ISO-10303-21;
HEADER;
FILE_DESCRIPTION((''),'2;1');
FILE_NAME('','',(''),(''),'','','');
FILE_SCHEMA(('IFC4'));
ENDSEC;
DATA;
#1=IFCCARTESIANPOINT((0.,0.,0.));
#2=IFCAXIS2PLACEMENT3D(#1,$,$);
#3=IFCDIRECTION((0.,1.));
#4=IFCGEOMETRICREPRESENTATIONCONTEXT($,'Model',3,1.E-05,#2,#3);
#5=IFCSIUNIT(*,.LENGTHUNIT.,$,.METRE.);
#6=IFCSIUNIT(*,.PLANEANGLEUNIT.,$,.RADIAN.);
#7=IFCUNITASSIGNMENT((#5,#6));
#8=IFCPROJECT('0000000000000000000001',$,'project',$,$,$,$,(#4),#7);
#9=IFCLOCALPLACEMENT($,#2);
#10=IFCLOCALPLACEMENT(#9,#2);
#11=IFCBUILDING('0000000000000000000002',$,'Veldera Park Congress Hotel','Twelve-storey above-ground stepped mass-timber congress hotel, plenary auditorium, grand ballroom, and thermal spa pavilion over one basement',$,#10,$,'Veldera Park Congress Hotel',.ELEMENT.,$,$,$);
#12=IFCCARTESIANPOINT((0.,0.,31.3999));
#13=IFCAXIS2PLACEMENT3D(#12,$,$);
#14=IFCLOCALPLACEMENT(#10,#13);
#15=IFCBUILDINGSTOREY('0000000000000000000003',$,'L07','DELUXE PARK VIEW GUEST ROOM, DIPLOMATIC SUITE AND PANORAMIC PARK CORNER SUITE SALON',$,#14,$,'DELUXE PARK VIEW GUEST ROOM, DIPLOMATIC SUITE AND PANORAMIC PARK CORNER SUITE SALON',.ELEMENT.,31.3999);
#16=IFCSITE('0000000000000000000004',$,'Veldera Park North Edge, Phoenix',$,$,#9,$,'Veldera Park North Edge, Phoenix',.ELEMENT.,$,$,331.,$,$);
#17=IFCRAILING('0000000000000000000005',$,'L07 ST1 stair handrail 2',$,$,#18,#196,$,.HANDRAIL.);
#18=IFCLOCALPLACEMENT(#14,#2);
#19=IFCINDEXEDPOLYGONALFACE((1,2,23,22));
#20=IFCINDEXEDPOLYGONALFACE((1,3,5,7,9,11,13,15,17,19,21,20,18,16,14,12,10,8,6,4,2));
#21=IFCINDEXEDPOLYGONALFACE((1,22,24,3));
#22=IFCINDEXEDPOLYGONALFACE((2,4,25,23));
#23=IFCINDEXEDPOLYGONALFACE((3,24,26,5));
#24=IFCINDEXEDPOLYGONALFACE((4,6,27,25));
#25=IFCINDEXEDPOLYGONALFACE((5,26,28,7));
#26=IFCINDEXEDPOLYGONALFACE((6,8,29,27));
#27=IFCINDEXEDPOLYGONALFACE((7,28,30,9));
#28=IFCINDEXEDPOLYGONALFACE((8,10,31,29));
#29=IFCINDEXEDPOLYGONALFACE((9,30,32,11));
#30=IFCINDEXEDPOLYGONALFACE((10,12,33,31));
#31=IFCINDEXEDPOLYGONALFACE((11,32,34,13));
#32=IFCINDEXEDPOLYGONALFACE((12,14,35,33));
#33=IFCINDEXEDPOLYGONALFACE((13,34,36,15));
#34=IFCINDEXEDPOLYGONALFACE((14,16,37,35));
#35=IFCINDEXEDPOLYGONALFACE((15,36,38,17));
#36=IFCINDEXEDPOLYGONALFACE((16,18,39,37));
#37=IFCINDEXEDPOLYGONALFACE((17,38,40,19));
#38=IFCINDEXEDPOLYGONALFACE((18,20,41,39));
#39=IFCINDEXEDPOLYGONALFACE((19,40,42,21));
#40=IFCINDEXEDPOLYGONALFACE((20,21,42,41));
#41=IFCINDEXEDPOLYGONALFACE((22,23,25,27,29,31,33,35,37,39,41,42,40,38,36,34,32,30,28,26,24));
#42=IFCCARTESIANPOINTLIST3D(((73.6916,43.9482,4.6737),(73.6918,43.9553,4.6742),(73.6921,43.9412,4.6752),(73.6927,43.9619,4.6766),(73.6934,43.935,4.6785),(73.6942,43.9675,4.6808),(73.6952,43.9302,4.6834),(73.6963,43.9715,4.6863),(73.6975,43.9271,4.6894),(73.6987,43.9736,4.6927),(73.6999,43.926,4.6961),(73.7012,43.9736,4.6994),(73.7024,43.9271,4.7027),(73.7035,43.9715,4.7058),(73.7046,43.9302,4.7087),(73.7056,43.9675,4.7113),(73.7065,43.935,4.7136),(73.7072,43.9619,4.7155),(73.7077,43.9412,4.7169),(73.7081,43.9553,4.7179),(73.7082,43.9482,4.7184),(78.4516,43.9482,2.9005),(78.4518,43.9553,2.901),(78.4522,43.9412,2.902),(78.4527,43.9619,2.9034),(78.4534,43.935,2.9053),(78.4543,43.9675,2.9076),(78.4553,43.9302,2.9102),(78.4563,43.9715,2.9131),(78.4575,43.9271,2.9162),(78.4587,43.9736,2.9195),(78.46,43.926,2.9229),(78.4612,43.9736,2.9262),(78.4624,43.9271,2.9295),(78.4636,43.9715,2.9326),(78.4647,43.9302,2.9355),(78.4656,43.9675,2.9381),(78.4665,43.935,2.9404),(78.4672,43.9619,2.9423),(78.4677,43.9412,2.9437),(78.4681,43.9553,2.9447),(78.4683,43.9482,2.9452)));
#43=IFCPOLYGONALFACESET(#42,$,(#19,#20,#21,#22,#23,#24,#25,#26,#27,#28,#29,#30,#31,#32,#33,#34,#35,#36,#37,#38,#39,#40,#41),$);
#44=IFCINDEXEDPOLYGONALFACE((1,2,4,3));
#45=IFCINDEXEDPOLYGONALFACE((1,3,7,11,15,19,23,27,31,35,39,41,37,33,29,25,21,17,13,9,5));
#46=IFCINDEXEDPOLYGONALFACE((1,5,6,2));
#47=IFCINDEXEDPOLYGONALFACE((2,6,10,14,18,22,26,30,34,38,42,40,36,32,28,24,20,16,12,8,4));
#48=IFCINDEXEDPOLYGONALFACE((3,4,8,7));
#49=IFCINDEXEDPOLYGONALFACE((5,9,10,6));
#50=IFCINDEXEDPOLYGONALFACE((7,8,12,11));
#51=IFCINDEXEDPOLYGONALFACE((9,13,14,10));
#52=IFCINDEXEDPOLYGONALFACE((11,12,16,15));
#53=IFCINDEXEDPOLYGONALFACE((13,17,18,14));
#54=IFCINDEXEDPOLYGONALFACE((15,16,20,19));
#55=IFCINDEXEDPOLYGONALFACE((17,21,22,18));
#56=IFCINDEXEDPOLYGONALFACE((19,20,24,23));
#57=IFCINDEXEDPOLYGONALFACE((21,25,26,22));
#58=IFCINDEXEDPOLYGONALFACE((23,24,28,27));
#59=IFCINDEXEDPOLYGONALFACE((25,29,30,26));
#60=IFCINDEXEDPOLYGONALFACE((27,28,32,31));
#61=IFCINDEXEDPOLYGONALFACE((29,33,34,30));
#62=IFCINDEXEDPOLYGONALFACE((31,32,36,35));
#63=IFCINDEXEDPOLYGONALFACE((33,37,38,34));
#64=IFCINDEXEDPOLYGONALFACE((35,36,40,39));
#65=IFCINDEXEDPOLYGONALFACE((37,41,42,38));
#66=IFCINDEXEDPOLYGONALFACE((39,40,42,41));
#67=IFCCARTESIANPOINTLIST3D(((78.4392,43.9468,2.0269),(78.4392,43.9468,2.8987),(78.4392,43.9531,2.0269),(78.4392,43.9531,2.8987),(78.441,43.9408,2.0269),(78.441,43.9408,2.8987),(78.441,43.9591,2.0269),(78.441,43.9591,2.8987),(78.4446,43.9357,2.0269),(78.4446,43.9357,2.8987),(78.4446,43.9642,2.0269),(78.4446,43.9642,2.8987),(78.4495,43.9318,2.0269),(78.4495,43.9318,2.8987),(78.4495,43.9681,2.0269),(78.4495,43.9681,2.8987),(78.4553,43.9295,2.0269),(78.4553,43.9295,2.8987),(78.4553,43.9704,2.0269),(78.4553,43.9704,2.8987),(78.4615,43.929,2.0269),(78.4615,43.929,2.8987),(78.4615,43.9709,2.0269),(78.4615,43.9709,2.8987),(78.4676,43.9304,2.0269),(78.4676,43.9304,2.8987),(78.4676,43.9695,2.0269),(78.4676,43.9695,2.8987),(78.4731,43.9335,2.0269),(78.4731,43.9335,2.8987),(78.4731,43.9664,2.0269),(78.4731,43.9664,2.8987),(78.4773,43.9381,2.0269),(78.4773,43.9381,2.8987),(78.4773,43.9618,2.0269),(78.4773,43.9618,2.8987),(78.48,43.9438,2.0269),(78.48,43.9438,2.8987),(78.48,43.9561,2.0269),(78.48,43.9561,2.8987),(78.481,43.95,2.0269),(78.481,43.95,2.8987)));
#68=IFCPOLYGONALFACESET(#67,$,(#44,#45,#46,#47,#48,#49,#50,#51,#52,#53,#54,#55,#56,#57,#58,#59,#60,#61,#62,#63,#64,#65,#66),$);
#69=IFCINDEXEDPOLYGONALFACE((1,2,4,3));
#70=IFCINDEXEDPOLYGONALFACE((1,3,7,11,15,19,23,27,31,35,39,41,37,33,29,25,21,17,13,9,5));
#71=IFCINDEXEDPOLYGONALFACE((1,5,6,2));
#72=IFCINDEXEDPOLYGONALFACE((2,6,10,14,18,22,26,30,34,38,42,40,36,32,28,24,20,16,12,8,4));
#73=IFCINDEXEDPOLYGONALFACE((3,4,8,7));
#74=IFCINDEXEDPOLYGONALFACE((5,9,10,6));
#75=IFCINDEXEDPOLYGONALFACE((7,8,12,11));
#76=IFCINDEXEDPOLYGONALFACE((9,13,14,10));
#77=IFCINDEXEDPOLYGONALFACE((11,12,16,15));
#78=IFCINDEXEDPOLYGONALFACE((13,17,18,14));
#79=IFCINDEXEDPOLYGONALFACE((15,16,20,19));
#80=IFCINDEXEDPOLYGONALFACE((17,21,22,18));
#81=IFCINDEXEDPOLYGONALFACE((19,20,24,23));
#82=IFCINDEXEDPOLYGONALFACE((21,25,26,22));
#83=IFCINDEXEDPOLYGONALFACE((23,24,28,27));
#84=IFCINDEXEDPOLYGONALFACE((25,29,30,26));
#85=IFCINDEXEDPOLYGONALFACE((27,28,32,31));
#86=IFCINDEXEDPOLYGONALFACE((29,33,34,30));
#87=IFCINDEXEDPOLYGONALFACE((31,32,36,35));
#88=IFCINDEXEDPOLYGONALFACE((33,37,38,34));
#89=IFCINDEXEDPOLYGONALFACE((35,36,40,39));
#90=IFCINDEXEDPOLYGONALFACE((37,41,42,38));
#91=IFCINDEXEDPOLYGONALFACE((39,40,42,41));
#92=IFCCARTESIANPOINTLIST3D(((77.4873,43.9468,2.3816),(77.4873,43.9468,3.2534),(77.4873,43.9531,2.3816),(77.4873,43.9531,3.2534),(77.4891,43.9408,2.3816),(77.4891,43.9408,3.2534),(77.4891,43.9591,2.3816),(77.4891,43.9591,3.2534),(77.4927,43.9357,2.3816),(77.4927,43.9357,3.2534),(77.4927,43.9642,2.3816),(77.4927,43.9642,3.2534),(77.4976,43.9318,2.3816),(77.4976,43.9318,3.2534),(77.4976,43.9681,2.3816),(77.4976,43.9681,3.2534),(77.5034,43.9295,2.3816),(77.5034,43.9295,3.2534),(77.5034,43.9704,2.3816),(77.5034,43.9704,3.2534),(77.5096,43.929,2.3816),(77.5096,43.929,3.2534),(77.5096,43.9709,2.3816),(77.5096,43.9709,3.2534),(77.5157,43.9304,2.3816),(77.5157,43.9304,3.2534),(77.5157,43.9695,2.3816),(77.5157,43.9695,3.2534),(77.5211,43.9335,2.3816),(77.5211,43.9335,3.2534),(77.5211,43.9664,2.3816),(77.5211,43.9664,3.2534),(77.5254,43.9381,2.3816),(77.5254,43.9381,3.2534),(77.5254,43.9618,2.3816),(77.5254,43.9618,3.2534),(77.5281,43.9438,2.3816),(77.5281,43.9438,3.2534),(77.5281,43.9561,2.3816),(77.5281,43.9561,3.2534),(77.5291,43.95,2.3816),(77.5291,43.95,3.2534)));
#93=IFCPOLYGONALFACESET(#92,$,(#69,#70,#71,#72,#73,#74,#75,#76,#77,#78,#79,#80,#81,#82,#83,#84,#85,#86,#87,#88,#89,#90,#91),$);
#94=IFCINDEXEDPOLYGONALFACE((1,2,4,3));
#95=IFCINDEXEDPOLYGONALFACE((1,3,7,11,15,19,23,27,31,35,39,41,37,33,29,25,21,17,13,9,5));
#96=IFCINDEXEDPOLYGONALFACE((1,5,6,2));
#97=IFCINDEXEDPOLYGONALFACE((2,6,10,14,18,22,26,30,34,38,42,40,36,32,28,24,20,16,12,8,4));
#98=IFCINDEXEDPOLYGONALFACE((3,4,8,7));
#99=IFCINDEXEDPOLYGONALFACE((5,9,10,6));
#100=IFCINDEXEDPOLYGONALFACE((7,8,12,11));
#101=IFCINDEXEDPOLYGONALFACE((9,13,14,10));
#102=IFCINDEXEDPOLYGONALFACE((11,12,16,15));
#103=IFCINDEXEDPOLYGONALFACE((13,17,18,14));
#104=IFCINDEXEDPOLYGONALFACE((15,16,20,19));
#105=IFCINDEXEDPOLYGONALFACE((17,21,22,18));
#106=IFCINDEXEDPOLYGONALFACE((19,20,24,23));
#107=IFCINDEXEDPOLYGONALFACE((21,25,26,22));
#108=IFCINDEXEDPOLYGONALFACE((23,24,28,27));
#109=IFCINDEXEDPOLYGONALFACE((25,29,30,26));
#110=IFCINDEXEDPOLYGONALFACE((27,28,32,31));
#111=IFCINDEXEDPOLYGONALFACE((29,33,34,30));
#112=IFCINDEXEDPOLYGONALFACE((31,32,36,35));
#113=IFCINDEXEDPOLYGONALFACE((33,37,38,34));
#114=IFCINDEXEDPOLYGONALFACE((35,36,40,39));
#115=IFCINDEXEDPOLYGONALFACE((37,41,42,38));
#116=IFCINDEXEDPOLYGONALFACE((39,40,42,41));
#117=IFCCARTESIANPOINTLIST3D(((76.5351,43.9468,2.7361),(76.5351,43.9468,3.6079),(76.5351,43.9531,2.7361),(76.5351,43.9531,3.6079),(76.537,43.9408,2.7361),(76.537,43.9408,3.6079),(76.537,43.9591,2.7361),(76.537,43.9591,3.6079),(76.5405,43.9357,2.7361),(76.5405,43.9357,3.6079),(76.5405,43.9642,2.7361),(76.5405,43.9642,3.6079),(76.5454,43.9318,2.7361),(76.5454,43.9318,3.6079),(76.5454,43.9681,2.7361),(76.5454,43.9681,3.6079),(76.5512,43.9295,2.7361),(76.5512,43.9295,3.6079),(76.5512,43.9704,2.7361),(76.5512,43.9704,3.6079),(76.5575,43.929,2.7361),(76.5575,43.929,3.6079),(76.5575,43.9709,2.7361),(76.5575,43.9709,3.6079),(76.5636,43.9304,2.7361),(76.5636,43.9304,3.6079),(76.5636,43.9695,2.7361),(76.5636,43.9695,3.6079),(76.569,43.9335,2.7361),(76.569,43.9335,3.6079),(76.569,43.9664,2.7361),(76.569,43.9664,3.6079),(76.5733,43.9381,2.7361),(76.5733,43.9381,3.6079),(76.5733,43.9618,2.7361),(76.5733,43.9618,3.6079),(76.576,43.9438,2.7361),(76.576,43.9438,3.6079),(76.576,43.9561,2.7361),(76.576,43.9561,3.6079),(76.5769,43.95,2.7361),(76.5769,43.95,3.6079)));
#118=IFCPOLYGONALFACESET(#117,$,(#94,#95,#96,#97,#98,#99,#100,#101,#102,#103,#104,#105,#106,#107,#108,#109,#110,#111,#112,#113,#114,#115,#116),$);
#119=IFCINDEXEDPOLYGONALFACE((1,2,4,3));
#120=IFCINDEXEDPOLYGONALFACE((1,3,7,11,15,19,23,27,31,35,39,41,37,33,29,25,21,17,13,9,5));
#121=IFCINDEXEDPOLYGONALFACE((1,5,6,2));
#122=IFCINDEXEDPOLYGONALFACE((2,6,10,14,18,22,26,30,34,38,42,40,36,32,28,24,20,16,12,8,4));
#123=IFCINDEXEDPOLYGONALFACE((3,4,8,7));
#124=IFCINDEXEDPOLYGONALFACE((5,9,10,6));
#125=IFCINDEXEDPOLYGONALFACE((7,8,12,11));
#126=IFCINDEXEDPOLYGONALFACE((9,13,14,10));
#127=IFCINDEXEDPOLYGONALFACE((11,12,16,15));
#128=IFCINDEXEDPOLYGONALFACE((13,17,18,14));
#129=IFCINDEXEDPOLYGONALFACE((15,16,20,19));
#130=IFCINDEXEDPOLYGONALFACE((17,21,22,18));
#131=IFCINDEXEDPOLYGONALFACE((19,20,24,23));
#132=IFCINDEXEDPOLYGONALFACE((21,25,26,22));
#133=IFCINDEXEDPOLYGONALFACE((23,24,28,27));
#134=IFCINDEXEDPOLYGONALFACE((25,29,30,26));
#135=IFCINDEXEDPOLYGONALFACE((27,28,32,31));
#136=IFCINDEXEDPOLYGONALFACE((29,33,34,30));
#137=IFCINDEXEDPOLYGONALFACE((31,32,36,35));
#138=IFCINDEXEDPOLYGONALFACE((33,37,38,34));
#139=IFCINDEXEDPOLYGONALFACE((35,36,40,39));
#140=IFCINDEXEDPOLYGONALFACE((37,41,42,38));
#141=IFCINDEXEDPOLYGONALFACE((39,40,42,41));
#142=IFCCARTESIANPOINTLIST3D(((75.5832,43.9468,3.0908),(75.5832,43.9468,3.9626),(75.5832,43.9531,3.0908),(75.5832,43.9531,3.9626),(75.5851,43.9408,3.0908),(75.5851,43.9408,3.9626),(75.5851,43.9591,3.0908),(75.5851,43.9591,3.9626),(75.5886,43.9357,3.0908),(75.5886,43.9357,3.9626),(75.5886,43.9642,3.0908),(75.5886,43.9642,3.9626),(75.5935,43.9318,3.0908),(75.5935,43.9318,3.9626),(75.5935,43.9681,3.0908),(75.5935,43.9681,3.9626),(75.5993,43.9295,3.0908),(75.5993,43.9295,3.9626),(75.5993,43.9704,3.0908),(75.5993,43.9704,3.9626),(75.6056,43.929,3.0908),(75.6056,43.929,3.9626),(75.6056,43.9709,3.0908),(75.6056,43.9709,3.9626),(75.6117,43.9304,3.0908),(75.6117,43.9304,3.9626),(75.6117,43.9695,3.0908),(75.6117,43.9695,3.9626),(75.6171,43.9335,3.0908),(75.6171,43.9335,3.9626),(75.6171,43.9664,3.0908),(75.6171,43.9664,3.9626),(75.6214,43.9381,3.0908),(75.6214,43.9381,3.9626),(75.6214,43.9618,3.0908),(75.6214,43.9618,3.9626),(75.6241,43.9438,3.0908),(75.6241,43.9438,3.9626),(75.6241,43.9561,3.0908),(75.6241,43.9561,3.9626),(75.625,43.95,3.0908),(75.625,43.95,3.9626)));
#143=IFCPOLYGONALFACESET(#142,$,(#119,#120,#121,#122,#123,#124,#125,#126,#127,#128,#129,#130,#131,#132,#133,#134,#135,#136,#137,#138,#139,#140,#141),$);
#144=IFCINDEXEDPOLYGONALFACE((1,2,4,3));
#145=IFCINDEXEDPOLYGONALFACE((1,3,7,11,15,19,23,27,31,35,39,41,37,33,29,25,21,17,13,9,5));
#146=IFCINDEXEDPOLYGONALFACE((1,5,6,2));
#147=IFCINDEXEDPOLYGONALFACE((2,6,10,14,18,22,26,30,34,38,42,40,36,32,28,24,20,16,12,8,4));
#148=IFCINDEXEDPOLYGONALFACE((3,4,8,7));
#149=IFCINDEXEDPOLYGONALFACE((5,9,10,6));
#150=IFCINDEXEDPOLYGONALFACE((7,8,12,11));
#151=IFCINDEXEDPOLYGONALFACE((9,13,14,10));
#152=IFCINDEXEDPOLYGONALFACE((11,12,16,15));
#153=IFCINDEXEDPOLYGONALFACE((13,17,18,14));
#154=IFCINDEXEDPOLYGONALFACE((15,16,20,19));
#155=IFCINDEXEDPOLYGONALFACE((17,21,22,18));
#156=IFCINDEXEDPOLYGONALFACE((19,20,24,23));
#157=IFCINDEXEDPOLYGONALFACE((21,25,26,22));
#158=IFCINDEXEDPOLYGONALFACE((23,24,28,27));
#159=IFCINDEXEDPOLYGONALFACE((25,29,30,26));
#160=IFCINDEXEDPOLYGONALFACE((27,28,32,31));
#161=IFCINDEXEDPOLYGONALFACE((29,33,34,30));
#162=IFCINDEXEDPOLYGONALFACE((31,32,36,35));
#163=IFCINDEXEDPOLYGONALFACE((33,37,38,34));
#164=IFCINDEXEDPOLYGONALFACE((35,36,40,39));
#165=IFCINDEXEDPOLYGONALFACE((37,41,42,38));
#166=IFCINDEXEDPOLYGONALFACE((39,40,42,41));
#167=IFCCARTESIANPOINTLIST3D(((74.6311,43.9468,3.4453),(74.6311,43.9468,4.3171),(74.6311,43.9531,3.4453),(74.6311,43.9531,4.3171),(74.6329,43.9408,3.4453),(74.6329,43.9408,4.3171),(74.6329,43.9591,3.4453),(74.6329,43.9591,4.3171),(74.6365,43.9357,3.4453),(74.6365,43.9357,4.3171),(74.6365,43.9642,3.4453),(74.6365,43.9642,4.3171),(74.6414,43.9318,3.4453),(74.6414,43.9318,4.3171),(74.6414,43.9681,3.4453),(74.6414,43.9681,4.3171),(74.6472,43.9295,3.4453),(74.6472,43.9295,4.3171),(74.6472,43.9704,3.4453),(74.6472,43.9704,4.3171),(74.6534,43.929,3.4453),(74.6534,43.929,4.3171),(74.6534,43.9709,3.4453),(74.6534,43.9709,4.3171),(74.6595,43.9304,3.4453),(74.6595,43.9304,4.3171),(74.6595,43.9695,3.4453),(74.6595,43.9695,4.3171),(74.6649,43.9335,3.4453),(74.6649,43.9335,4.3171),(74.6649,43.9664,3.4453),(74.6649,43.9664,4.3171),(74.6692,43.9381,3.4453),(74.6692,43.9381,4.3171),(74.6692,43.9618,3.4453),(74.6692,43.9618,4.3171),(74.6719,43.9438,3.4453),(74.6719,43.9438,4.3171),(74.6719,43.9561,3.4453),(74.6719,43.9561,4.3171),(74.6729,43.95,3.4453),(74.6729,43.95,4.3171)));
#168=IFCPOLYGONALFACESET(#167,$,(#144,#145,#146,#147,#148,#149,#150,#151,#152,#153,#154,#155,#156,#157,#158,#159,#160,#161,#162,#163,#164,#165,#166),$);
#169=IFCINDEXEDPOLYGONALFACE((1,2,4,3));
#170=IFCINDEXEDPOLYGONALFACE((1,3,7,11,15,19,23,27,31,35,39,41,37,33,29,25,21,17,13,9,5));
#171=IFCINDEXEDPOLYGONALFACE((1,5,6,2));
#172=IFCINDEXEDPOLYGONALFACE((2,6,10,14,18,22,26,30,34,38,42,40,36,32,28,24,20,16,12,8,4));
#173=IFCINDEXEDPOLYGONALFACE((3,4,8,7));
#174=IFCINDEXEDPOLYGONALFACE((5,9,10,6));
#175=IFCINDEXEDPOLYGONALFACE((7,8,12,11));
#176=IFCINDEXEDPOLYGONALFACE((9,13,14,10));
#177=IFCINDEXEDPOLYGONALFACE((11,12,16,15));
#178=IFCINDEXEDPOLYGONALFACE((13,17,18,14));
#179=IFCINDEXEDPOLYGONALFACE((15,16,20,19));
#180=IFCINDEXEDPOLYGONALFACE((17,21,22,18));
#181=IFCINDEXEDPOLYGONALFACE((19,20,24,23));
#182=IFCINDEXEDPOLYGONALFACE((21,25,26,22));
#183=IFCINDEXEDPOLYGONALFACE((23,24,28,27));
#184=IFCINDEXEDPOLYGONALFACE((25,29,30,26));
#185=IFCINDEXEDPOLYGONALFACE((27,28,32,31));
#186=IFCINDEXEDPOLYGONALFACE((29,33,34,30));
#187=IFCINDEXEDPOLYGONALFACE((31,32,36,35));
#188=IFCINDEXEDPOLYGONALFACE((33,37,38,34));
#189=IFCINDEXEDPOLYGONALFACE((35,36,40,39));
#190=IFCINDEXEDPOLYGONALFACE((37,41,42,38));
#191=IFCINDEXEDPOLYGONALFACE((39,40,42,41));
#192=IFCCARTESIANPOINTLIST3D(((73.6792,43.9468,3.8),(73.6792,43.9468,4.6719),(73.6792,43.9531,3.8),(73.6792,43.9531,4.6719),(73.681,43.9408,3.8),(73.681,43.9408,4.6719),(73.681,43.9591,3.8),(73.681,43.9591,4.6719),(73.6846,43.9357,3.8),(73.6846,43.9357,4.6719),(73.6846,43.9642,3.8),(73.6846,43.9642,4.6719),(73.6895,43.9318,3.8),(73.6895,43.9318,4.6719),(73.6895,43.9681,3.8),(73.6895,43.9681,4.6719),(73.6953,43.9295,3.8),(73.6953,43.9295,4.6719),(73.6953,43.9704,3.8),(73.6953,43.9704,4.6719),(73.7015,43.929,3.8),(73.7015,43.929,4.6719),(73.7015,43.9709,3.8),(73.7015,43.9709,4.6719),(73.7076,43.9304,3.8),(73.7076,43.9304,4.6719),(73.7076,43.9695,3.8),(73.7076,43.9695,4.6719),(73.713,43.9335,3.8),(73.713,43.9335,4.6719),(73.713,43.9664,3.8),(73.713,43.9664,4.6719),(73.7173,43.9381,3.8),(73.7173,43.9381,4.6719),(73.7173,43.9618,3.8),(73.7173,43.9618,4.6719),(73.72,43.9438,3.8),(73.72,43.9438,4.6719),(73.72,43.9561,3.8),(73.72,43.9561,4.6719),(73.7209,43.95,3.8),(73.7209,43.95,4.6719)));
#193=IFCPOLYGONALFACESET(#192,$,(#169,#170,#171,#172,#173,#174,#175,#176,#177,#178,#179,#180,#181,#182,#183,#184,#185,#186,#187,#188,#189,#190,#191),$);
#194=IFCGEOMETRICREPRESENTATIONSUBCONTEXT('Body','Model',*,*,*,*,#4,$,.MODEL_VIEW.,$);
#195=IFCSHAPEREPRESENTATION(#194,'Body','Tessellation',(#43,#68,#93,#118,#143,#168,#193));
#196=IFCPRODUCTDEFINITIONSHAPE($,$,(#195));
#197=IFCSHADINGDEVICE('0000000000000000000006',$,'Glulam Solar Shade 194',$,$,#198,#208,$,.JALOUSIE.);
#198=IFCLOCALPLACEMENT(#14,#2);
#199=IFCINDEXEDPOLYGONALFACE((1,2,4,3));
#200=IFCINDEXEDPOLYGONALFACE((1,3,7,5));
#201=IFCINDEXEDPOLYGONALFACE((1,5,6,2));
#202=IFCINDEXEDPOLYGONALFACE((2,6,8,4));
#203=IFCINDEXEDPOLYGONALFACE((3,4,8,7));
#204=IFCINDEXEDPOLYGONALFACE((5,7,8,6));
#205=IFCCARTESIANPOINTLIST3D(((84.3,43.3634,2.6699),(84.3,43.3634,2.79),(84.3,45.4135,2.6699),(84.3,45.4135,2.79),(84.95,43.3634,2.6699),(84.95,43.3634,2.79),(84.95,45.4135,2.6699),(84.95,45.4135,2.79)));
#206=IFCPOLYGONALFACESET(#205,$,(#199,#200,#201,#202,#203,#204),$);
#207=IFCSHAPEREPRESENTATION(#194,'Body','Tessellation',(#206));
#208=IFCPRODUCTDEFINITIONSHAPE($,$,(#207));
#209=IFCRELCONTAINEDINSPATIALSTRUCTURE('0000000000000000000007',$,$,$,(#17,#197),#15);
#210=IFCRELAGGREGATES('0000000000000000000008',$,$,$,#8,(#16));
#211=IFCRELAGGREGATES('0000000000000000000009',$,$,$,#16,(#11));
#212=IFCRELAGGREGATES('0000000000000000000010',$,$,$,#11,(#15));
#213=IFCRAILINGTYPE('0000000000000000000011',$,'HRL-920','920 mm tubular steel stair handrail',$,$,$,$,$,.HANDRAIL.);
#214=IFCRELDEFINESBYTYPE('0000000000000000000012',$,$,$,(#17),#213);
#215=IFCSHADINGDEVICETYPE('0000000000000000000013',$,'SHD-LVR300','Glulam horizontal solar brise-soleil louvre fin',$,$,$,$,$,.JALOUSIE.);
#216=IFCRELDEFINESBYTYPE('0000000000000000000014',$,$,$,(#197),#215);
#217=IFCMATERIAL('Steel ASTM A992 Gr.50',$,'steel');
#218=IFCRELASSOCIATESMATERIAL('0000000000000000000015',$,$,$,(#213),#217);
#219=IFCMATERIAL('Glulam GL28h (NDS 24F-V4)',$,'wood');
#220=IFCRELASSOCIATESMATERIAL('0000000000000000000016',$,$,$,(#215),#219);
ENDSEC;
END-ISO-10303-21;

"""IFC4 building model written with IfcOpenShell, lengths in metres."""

from ifc_helpers import new_model, si_unit, direction, frame, origin, origin_2d, place, context, subcontext, project, spatial, rectangle, circle, extrude, material, type_object, element, save


model = new_model("IFC4")

# Units and contexts
model_context = context("Model", 3, precision=1e-05, world=origin(), true_north=direction((0.0, 1.0)))
body_context = subcontext(model_context, "Body", "Model", "MODEL_VIEW")
ifc_project = project(units=[si_unit("LENGTHUNIT", "METRE"), si_unit("PLANEANGLEUNIT", "RADIAN")], contexts=[model_context])

# Site, building, storey
site_placement = place(None, origin())
site = spatial("IfcSite", under=ifc_project, at=site_placement, Name="Veldera Park North Edge, Phoenix", LongName="Veldera Park North Edge, Phoenix", CompositionType="ELEMENT", RefElevation=331.0)
building_placement = place(site_placement, origin())
building = spatial("IfcBuilding", under=site, at=building_placement, Name="Veldera Park Congress Hotel", Description="Twelve-storey above-ground stepped mass-timber congress hotel, plenary auditorium, grand ballroom, and thermal spa pavilion over one basement", LongName="Veldera Park Congress Hotel", CompositionType="ELEMENT")
storey_placement = place(building_placement, frame((0.0, 0.0, 31.3999)))
storey = spatial("IfcBuildingStorey", under=building, at=storey_placement, Name="L07", Description="DELUXE PARK VIEW GUEST ROOM, DIPLOMATIC SUITE AND PANORAMIC PARK CORNER SUITE SALON", LongName="DELUXE PARK VIEW GUEST ROOM, DIPLOMATIC SUITE AND PANORAMIC PARK CORNER SUITE SALON", CompositionType="ELEMENT", Elevation=31.3999)

# Shared definitions
ifc_material_1 = material(Name="Glulam GL28h (NDS 24F-V4)", Category="wood")

# Railing
ifc_material_2 = material(Name="Steel ASTM A992 Gr.50", Category="steel")
railing_type_1 = type_object("IfcRailingType", Name="HRL-920", Description="920 mm tubular steel stair handrail", PredefinedType="HANDRAIL", material=ifc_material_2)
railing_1_placement = place(storey_placement, frame((78.46, 43.95, 2.0269)))
element("IfcRailing", 1, at=railing_1_placement, inside=storey, type_object=railing_type_1, Name="L07 ST1 stair handrail 2", PredefinedType="HANDRAIL", context=body_context, shape_type="SweptSolid", body=[
    extrude(circle(Radius=0.0239, at=origin_2d()), frame((0.0, 0.0, 0.896), z_axis=(-0.937091, 0.0, 0.349084), x_axis=(0.0, -1.0, 0.0)), (0.0, 0.0, 1.0), 5.0796),
    extrude(circle(Radius=0.021, at=origin_2d()), origin(), (0.0, 0.0, 1.0), 0.8718),
    extrude(circle(Radius=0.021, at=origin_2d()), frame((-0.9519, 0.0, 0.3547)), (0.0, 0.0, 1.0), 0.8718),
    extrude(circle(Radius=0.021, at=origin_2d()), frame((-1.9041, 0.0, 0.7092)), (0.0, 0.0, 1.0), 0.8718),
    extrude(circle(Radius=0.021, at=origin_2d()), frame((-2.856, 0.0, 1.064)), (0.0, 0.0, 1.0), 0.8718),
    extrude(circle(Radius=0.021, at=origin_2d()), frame((-3.8081, 0.0, 1.4185)), (0.0, 0.0, 1.0), 0.8718),
    extrude(circle(Radius=0.021, at=origin_2d()), frame((-4.76, 0.0, 1.7732)), (0.0, 0.0, 1.0), 0.8718),
])

# Shading device
shading_device_type = type_object("IfcShadingDeviceType", Name="SHD-LVR300", Description="Glulam horizontal solar brise-soleil louvre fin", PredefinedType="JALOUSIE", material=ifc_material_1)
shading_device_placement = place(storey_placement, frame((84.625, 44.3884, 2.6699), z_axis=(0.0, 0.0, 1.0), x_axis=(0.0, 1.0, 0.0)))
element("IfcShadingDevice", 2, at=shading_device_placement, inside=storey, type_object=shading_device_type, Name="Glulam Solar Shade 194", PredefinedType="JALOUSIE", context=body_context, shape_type="SweptSolid", body=[
    extrude(rectangle(XDim=2.05, YDim=0.6499, at=origin_2d()), origin(), (0.0, 0.0, 1.0), 0.1201),
])

save(model, "model.ifc")
